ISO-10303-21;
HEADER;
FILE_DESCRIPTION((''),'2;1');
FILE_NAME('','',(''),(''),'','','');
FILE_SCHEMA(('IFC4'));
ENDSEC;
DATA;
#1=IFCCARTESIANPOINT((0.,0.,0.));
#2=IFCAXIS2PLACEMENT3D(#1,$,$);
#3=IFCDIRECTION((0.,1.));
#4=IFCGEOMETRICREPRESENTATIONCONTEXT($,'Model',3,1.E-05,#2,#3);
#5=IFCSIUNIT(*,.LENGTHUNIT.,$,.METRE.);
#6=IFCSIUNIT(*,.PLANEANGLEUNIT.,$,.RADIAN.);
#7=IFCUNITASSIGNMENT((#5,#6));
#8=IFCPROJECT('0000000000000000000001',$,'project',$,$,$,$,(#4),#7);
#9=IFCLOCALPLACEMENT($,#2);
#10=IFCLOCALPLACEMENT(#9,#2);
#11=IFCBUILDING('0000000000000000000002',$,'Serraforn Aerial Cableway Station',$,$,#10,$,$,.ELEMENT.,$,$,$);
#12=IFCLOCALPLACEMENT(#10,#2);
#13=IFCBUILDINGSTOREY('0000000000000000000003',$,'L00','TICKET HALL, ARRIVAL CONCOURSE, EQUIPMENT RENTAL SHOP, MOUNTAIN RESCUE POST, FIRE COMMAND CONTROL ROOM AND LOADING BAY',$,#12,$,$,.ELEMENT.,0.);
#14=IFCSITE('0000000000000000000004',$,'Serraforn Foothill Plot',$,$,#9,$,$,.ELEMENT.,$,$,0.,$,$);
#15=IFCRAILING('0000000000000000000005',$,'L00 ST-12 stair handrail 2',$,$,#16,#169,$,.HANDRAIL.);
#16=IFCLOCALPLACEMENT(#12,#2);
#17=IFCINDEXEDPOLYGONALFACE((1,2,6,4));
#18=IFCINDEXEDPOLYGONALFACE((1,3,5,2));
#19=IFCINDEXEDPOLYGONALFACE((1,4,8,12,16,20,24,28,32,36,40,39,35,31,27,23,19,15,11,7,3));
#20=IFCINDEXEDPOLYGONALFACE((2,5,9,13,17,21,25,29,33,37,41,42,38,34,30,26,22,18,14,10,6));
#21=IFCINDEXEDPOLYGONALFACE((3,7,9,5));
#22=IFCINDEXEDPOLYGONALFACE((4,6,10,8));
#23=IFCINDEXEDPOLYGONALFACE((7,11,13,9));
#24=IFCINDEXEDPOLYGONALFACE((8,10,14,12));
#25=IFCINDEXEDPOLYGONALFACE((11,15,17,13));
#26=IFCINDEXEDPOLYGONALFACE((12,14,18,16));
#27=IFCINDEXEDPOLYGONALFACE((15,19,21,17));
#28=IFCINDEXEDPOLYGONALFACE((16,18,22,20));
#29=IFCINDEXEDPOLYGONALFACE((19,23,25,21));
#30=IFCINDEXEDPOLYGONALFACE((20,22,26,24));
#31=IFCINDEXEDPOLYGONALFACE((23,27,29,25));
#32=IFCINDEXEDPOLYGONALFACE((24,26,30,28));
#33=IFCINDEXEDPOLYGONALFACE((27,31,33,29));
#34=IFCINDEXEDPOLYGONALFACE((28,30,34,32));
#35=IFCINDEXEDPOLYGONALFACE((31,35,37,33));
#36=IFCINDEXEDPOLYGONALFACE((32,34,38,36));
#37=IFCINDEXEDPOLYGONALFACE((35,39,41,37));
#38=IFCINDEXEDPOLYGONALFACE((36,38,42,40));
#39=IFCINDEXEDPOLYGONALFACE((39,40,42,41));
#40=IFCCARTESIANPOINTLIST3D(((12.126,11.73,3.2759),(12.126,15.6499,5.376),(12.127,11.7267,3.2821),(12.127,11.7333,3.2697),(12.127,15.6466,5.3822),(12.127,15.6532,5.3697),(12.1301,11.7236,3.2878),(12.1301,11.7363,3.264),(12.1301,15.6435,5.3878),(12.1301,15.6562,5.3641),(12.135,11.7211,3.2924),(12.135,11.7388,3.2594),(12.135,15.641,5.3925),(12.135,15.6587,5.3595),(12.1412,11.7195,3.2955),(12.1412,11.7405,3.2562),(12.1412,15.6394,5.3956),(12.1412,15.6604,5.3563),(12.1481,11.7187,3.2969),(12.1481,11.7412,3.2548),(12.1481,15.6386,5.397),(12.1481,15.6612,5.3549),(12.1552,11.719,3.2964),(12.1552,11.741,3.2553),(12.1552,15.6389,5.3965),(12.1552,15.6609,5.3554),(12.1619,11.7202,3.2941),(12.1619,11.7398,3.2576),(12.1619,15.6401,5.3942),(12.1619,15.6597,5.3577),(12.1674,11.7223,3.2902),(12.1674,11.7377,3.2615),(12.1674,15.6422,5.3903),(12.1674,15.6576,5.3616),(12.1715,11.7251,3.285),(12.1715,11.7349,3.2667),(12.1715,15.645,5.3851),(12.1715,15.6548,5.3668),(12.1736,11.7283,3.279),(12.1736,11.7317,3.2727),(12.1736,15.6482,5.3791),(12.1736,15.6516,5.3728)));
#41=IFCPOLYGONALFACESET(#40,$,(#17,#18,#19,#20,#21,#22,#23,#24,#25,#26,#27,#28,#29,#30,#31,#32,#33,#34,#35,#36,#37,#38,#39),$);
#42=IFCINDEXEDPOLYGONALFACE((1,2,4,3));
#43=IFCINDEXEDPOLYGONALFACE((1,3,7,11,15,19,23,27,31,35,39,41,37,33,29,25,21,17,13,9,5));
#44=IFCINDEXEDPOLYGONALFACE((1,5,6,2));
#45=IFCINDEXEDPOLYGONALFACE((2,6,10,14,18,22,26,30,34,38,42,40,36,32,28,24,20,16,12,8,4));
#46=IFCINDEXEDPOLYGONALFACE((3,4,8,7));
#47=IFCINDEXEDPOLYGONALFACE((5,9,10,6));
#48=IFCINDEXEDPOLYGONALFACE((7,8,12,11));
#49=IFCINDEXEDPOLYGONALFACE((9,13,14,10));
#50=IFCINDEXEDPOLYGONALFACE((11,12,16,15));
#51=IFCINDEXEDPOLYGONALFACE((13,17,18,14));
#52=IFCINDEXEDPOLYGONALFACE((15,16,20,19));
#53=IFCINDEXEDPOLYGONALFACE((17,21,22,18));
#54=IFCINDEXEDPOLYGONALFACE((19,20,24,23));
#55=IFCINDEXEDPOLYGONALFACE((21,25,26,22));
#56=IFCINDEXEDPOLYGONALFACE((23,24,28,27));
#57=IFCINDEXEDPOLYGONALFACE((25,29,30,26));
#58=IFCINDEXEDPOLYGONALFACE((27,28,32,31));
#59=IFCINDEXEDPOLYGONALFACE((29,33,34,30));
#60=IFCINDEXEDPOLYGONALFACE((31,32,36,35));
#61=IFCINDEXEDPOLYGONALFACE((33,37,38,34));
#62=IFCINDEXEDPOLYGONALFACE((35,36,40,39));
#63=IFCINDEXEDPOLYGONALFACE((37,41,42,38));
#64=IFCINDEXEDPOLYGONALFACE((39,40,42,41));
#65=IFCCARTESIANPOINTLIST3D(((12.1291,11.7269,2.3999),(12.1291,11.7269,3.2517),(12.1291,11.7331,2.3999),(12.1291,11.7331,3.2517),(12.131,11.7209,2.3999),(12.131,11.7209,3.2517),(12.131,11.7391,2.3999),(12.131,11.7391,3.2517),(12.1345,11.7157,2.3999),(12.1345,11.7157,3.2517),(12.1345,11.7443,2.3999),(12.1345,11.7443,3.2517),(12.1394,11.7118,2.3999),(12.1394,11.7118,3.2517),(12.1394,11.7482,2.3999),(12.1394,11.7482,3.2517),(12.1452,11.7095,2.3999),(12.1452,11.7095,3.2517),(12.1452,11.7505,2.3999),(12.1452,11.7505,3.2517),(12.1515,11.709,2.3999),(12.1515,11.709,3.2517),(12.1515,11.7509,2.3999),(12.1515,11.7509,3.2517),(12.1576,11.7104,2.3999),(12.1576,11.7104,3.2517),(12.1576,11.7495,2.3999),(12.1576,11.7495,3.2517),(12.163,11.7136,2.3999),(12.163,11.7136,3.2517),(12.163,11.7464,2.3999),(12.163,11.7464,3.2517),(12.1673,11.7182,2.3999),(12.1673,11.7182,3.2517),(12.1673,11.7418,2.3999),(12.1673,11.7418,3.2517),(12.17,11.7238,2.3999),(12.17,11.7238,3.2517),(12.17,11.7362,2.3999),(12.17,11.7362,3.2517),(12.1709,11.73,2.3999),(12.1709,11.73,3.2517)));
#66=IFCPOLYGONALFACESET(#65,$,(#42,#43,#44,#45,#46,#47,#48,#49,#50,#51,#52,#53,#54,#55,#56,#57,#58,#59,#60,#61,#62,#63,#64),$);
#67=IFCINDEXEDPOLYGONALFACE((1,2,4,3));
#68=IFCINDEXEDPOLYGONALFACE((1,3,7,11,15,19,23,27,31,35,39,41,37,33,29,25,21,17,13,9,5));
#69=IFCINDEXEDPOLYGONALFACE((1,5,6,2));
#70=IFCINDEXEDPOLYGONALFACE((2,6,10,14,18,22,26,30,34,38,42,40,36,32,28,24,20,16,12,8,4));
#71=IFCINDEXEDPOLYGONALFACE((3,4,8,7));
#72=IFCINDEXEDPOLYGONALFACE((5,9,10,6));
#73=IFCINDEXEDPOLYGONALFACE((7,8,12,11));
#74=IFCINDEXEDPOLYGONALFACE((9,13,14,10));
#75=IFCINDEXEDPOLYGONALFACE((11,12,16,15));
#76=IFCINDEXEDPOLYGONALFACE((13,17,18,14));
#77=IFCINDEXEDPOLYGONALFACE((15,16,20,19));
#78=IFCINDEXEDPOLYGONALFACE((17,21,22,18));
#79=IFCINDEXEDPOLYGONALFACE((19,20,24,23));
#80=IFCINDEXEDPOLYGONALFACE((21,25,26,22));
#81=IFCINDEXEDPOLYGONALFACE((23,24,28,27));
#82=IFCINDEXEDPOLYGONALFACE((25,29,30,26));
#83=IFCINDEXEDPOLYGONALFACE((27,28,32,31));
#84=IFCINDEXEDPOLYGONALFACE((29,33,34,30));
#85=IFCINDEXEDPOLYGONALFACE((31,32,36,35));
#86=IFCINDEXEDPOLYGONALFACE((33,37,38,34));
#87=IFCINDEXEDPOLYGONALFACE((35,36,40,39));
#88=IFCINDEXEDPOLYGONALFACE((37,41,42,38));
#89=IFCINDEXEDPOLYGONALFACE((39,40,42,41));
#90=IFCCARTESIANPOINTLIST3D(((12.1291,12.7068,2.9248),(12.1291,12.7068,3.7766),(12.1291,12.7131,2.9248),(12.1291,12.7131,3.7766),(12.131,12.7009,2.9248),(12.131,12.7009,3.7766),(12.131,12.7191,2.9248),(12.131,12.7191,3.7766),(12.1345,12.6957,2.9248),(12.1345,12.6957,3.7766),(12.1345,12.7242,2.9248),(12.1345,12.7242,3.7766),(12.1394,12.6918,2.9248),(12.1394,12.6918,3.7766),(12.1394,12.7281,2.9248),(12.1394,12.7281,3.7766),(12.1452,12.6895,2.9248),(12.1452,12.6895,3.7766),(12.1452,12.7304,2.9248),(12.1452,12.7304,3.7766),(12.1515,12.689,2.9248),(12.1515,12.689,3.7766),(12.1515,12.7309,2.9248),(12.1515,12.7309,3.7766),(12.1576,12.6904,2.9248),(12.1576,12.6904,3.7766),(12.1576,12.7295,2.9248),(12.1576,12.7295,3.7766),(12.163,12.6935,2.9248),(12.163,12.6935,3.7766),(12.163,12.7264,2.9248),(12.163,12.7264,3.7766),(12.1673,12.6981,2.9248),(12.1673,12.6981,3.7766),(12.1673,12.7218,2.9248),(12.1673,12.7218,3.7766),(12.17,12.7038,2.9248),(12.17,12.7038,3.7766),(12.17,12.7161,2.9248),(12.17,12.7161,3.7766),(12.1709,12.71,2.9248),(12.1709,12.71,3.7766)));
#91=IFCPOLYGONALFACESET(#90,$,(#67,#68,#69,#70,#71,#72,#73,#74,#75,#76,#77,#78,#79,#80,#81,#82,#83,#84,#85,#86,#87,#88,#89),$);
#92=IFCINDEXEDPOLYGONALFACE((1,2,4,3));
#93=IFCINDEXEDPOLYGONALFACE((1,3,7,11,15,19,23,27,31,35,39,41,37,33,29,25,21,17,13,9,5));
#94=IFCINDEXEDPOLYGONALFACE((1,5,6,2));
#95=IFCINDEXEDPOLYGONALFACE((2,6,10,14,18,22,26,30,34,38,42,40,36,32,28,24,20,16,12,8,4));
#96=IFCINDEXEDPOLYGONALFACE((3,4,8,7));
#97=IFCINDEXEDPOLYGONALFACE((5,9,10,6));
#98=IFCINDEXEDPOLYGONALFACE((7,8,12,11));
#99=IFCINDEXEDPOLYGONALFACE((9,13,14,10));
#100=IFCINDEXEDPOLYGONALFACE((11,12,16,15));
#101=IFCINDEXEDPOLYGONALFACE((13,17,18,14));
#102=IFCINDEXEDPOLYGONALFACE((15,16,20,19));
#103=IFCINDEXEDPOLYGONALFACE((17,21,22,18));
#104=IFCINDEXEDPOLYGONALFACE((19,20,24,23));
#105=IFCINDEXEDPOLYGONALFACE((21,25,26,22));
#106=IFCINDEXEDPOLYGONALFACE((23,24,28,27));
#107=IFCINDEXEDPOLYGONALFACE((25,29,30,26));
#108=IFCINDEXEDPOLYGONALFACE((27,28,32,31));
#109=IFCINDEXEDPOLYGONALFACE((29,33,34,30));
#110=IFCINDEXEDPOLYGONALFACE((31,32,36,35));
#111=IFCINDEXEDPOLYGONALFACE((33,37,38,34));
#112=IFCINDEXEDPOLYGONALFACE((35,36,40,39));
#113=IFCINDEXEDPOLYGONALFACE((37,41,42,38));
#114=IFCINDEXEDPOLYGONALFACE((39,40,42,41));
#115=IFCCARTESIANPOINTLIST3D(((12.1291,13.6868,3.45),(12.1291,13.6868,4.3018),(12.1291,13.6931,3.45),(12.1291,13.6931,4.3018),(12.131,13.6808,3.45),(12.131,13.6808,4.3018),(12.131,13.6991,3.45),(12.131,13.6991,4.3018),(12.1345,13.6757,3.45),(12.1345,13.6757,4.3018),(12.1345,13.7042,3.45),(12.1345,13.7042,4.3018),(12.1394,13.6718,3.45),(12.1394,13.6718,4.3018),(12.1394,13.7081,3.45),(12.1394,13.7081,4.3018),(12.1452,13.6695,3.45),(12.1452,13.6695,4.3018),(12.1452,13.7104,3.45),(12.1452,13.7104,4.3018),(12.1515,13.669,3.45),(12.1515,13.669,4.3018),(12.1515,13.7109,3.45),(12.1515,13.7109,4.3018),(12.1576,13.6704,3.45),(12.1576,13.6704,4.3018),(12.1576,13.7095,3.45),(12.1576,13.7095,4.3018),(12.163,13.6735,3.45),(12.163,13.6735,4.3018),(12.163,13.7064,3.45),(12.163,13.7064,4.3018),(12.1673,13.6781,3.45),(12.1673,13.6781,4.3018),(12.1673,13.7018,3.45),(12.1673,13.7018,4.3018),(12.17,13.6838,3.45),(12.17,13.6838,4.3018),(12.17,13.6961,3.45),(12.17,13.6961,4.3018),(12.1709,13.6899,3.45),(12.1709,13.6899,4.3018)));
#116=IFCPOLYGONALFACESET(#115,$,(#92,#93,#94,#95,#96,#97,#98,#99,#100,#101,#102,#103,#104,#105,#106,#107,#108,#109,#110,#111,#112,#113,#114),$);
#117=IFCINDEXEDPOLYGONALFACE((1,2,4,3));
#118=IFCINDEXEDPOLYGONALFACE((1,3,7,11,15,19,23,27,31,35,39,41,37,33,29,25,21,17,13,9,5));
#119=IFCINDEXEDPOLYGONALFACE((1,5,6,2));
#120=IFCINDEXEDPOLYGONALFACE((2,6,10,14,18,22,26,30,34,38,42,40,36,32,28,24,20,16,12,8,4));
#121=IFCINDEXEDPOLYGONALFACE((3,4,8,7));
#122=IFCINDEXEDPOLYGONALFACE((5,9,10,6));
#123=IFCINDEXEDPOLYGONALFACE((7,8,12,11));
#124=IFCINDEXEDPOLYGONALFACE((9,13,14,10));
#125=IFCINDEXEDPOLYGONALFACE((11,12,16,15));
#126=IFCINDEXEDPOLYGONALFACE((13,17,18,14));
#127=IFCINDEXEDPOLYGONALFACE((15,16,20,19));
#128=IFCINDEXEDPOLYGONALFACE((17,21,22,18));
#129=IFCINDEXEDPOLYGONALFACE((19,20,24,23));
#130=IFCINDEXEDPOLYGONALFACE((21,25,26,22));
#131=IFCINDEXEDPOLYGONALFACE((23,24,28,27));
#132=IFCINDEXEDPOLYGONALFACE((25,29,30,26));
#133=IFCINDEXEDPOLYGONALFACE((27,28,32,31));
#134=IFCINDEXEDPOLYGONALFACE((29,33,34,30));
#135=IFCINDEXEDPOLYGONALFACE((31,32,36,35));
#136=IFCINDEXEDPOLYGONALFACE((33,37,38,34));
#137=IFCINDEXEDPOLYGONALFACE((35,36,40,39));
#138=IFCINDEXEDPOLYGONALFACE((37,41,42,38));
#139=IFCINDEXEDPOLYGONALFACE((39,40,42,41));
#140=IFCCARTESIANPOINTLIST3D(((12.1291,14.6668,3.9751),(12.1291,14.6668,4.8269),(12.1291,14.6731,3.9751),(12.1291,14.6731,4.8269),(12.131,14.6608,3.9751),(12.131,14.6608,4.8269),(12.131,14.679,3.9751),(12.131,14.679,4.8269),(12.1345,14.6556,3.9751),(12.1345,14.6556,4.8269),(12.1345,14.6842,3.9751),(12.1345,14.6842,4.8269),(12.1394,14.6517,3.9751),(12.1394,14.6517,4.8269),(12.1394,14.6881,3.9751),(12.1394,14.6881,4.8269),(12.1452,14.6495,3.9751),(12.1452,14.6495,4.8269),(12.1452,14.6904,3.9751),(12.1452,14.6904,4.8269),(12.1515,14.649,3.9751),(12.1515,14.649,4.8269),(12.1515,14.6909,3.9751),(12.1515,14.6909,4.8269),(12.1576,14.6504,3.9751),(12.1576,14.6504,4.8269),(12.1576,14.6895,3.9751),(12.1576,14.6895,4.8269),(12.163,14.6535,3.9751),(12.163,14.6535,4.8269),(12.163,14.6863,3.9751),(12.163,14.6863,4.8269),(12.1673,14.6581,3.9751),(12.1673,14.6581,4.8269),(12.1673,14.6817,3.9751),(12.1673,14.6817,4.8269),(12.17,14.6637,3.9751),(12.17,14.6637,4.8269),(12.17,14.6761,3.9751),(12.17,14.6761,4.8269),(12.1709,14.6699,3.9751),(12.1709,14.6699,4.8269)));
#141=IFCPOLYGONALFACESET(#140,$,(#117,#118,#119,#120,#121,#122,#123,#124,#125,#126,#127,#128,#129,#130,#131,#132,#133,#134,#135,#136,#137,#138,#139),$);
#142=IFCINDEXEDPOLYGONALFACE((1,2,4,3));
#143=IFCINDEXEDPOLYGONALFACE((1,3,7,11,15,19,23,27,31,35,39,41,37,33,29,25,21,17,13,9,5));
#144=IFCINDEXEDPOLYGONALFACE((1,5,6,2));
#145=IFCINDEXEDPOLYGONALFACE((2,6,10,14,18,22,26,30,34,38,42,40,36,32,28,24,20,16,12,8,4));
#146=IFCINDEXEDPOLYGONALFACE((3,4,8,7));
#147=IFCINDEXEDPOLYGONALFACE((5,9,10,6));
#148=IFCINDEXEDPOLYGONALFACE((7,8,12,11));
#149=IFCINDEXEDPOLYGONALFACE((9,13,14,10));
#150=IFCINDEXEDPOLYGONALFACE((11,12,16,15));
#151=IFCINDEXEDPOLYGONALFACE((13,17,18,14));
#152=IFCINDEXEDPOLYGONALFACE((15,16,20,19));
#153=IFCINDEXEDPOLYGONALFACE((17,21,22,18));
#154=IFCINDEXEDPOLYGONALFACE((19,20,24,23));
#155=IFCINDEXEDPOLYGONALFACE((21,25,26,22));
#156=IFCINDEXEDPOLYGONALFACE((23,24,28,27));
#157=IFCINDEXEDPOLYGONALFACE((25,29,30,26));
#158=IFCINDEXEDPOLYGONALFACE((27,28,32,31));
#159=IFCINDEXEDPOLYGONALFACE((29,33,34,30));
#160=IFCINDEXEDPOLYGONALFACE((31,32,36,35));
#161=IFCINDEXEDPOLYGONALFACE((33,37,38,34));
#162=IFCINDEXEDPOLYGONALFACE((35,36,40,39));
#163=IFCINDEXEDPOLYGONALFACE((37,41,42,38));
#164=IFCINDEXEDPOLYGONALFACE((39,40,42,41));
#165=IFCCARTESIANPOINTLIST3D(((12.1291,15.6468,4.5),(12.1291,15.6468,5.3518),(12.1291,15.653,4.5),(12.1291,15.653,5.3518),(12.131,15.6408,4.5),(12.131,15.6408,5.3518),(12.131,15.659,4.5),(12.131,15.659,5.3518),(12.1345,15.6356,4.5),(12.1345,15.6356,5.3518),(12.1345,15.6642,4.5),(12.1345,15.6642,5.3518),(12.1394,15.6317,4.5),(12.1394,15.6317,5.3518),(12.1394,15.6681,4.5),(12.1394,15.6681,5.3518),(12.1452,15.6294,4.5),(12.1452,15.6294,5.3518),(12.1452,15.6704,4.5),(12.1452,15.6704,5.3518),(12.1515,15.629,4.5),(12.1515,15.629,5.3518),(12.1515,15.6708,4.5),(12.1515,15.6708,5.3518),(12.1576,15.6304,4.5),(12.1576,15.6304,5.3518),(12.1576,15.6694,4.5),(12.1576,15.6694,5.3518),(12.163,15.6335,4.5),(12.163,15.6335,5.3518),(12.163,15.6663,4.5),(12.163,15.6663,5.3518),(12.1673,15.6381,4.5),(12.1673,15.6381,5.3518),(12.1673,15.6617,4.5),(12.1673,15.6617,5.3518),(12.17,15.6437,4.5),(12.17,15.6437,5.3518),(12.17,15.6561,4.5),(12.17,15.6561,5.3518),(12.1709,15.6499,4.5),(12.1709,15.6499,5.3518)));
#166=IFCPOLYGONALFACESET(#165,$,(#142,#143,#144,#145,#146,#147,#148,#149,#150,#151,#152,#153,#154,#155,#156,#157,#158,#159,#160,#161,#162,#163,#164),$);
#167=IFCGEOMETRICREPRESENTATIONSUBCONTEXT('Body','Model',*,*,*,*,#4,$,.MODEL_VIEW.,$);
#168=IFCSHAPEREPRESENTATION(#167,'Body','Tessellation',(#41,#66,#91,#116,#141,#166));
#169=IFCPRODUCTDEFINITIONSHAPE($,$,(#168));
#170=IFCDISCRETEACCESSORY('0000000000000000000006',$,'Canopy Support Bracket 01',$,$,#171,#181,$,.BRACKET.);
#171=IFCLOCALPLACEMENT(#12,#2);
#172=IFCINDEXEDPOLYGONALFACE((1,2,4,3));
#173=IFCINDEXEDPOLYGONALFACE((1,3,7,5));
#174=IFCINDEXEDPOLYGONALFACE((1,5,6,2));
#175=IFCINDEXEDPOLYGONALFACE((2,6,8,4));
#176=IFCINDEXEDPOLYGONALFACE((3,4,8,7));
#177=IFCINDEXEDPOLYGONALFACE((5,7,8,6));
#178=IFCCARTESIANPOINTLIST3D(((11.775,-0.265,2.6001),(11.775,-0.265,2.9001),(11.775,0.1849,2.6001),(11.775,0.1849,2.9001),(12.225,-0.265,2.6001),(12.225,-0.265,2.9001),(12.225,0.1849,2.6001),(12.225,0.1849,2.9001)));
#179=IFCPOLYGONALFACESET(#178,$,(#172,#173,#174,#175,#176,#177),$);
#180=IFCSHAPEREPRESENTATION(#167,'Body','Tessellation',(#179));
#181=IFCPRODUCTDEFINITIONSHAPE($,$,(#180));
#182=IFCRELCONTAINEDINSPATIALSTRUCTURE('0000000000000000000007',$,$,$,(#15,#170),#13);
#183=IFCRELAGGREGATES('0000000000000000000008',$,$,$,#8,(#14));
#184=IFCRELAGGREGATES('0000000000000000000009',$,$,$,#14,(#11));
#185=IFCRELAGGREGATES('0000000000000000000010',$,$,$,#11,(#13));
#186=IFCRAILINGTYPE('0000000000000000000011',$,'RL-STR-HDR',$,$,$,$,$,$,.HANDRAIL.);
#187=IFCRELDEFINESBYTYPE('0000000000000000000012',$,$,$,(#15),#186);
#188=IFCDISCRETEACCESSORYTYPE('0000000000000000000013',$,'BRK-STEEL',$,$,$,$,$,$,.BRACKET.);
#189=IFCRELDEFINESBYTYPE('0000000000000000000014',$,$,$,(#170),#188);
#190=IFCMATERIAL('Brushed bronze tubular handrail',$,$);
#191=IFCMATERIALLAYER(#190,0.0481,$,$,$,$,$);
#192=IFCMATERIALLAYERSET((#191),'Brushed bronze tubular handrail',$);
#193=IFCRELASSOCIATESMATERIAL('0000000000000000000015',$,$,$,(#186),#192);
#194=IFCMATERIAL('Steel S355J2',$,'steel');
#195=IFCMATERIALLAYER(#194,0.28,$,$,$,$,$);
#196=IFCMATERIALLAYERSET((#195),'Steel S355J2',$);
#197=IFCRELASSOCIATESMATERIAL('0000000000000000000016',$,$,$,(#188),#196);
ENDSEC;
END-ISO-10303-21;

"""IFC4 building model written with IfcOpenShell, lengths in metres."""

from ifc_helpers import new_model, si_unit, direction, frame, origin, origin_2d, place, context, subcontext, project, spatial, rectangle, circle, extrude, material, layer, layer_set, type_object, element, save


model = new_model("IFC4")

# Units and contexts
model_context = context("Model", 3, precision=1e-05, world=origin(), true_north=direction((0.0, 1.0)))
body_context = subcontext(model_context, "Body", "Model", "MODEL_VIEW")
ifc_project = project(units=[si_unit("LENGTHUNIT", "METRE"), si_unit("PLANEANGLEUNIT", "RADIAN")], contexts=[model_context])

# Site, building, storey
site_placement = place(None, origin())
site = spatial("IfcSite", under=ifc_project, at=site_placement, Name="Serraforn Foothill Plot", CompositionType="ELEMENT", RefElevation=0.0)
building_placement = place(site_placement, origin())
building = spatial("IfcBuilding", under=site, at=building_placement, Name="Serraforn Aerial Cableway Station", CompositionType="ELEMENT")
storey_placement = place(building_placement, origin())
storey = spatial("IfcBuildingStorey", under=building, at=storey_placement, Name="L00", Description="TICKET HALL, ARRIVAL CONCOURSE, EQUIPMENT RENTAL SHOP, MOUNTAIN RESCUE POST, FIRE COMMAND CONTROL ROOM AND LOADING BAY", CompositionType="ELEMENT", Elevation=0.0)

# Railing
ifc_material_1 = material(Name="Brushed bronze tubular handrail")
ifc_layer_1 = layer(ifc_material_1, 0.0481)
ifc_layer_set_1 = layer_set([ifc_layer_1], Name="Brushed bronze tubular handrail")
railing_type_1 = type_object("IfcRailingType", Name="RL-STR-HDR", PredefinedType="HANDRAIL", material=ifc_layer_set_1)
railing_1_placement = place(storey_placement, frame((12.1499, 11.73, 2.3999)))
element("IfcRailing", 1, at=railing_1_placement, inside=storey, type_object=railing_type_1, Name="L00 ST-12 stair handrail 2", PredefinedType="HANDRAIL", context=body_context, shape_type="SweptSolid", body=[
    extrude(circle(Radius=0.0239, at=origin_2d()), frame((0.0, 0.0, 0.876), z_axis=(0.0, 0.881467, 0.472246), x_axis=(-1.0, 0.0, 0.0)), (0.0, 0.0, 1.0), 4.447),
    extrude(circle(Radius=0.021, at=origin_2d()), origin(), (0.0, 0.0, 1.0), 0.8518),
    extrude(circle(Radius=0.021, at=origin_2d()), frame((0.0, 0.98, 0.5249)), (0.0, 0.0, 1.0), 0.8518),
    extrude(circle(Radius=0.021, at=origin_2d()), frame((0.0, 1.96, 1.05)), (0.0, 0.0, 1.0), 0.8518),
    extrude(circle(Radius=0.021, at=origin_2d()), frame((0.0, 2.9399, 1.5752)), (0.0, 0.0, 1.0), 0.8518),
    extrude(circle(Radius=0.021, at=origin_2d()), frame((0.0, 3.9199, 2.1001)), (0.0, 0.0, 1.0), 0.8518),
])

# Discrete accessory
ifc_material_2 = material(Name="Steel S355J2", Category="steel")
ifc_layer_2 = layer(ifc_material_2, 0.28)
ifc_layer_set_2 = layer_set([ifc_layer_2], Name="Steel S355J2")
discrete_accessory_type = type_object("IfcDiscreteAccessoryType", Name="BRK-STEEL", PredefinedType="BRACKET", material=ifc_layer_set_2)
discrete_accessory_placement = place(storey_placement, frame((12.0, -0.04, 2.6001), z_axis=(0.0, 0.0, 1.0), x_axis=(1.0, 0.0, 0.0)))
element("IfcDiscreteAccessory", 2, at=discrete_accessory_placement, inside=storey, type_object=discrete_accessory_type, Name="Canopy Support Bracket 01", PredefinedType="BRACKET", context=body_context, shape_type="SweptSolid", body=[
    extrude(rectangle(XDim=0.45, YDim=0.45, at=origin_2d()), origin(), (0.0, 0.0, 1.0), 0.3),
])

save(model, "model.ifc")
